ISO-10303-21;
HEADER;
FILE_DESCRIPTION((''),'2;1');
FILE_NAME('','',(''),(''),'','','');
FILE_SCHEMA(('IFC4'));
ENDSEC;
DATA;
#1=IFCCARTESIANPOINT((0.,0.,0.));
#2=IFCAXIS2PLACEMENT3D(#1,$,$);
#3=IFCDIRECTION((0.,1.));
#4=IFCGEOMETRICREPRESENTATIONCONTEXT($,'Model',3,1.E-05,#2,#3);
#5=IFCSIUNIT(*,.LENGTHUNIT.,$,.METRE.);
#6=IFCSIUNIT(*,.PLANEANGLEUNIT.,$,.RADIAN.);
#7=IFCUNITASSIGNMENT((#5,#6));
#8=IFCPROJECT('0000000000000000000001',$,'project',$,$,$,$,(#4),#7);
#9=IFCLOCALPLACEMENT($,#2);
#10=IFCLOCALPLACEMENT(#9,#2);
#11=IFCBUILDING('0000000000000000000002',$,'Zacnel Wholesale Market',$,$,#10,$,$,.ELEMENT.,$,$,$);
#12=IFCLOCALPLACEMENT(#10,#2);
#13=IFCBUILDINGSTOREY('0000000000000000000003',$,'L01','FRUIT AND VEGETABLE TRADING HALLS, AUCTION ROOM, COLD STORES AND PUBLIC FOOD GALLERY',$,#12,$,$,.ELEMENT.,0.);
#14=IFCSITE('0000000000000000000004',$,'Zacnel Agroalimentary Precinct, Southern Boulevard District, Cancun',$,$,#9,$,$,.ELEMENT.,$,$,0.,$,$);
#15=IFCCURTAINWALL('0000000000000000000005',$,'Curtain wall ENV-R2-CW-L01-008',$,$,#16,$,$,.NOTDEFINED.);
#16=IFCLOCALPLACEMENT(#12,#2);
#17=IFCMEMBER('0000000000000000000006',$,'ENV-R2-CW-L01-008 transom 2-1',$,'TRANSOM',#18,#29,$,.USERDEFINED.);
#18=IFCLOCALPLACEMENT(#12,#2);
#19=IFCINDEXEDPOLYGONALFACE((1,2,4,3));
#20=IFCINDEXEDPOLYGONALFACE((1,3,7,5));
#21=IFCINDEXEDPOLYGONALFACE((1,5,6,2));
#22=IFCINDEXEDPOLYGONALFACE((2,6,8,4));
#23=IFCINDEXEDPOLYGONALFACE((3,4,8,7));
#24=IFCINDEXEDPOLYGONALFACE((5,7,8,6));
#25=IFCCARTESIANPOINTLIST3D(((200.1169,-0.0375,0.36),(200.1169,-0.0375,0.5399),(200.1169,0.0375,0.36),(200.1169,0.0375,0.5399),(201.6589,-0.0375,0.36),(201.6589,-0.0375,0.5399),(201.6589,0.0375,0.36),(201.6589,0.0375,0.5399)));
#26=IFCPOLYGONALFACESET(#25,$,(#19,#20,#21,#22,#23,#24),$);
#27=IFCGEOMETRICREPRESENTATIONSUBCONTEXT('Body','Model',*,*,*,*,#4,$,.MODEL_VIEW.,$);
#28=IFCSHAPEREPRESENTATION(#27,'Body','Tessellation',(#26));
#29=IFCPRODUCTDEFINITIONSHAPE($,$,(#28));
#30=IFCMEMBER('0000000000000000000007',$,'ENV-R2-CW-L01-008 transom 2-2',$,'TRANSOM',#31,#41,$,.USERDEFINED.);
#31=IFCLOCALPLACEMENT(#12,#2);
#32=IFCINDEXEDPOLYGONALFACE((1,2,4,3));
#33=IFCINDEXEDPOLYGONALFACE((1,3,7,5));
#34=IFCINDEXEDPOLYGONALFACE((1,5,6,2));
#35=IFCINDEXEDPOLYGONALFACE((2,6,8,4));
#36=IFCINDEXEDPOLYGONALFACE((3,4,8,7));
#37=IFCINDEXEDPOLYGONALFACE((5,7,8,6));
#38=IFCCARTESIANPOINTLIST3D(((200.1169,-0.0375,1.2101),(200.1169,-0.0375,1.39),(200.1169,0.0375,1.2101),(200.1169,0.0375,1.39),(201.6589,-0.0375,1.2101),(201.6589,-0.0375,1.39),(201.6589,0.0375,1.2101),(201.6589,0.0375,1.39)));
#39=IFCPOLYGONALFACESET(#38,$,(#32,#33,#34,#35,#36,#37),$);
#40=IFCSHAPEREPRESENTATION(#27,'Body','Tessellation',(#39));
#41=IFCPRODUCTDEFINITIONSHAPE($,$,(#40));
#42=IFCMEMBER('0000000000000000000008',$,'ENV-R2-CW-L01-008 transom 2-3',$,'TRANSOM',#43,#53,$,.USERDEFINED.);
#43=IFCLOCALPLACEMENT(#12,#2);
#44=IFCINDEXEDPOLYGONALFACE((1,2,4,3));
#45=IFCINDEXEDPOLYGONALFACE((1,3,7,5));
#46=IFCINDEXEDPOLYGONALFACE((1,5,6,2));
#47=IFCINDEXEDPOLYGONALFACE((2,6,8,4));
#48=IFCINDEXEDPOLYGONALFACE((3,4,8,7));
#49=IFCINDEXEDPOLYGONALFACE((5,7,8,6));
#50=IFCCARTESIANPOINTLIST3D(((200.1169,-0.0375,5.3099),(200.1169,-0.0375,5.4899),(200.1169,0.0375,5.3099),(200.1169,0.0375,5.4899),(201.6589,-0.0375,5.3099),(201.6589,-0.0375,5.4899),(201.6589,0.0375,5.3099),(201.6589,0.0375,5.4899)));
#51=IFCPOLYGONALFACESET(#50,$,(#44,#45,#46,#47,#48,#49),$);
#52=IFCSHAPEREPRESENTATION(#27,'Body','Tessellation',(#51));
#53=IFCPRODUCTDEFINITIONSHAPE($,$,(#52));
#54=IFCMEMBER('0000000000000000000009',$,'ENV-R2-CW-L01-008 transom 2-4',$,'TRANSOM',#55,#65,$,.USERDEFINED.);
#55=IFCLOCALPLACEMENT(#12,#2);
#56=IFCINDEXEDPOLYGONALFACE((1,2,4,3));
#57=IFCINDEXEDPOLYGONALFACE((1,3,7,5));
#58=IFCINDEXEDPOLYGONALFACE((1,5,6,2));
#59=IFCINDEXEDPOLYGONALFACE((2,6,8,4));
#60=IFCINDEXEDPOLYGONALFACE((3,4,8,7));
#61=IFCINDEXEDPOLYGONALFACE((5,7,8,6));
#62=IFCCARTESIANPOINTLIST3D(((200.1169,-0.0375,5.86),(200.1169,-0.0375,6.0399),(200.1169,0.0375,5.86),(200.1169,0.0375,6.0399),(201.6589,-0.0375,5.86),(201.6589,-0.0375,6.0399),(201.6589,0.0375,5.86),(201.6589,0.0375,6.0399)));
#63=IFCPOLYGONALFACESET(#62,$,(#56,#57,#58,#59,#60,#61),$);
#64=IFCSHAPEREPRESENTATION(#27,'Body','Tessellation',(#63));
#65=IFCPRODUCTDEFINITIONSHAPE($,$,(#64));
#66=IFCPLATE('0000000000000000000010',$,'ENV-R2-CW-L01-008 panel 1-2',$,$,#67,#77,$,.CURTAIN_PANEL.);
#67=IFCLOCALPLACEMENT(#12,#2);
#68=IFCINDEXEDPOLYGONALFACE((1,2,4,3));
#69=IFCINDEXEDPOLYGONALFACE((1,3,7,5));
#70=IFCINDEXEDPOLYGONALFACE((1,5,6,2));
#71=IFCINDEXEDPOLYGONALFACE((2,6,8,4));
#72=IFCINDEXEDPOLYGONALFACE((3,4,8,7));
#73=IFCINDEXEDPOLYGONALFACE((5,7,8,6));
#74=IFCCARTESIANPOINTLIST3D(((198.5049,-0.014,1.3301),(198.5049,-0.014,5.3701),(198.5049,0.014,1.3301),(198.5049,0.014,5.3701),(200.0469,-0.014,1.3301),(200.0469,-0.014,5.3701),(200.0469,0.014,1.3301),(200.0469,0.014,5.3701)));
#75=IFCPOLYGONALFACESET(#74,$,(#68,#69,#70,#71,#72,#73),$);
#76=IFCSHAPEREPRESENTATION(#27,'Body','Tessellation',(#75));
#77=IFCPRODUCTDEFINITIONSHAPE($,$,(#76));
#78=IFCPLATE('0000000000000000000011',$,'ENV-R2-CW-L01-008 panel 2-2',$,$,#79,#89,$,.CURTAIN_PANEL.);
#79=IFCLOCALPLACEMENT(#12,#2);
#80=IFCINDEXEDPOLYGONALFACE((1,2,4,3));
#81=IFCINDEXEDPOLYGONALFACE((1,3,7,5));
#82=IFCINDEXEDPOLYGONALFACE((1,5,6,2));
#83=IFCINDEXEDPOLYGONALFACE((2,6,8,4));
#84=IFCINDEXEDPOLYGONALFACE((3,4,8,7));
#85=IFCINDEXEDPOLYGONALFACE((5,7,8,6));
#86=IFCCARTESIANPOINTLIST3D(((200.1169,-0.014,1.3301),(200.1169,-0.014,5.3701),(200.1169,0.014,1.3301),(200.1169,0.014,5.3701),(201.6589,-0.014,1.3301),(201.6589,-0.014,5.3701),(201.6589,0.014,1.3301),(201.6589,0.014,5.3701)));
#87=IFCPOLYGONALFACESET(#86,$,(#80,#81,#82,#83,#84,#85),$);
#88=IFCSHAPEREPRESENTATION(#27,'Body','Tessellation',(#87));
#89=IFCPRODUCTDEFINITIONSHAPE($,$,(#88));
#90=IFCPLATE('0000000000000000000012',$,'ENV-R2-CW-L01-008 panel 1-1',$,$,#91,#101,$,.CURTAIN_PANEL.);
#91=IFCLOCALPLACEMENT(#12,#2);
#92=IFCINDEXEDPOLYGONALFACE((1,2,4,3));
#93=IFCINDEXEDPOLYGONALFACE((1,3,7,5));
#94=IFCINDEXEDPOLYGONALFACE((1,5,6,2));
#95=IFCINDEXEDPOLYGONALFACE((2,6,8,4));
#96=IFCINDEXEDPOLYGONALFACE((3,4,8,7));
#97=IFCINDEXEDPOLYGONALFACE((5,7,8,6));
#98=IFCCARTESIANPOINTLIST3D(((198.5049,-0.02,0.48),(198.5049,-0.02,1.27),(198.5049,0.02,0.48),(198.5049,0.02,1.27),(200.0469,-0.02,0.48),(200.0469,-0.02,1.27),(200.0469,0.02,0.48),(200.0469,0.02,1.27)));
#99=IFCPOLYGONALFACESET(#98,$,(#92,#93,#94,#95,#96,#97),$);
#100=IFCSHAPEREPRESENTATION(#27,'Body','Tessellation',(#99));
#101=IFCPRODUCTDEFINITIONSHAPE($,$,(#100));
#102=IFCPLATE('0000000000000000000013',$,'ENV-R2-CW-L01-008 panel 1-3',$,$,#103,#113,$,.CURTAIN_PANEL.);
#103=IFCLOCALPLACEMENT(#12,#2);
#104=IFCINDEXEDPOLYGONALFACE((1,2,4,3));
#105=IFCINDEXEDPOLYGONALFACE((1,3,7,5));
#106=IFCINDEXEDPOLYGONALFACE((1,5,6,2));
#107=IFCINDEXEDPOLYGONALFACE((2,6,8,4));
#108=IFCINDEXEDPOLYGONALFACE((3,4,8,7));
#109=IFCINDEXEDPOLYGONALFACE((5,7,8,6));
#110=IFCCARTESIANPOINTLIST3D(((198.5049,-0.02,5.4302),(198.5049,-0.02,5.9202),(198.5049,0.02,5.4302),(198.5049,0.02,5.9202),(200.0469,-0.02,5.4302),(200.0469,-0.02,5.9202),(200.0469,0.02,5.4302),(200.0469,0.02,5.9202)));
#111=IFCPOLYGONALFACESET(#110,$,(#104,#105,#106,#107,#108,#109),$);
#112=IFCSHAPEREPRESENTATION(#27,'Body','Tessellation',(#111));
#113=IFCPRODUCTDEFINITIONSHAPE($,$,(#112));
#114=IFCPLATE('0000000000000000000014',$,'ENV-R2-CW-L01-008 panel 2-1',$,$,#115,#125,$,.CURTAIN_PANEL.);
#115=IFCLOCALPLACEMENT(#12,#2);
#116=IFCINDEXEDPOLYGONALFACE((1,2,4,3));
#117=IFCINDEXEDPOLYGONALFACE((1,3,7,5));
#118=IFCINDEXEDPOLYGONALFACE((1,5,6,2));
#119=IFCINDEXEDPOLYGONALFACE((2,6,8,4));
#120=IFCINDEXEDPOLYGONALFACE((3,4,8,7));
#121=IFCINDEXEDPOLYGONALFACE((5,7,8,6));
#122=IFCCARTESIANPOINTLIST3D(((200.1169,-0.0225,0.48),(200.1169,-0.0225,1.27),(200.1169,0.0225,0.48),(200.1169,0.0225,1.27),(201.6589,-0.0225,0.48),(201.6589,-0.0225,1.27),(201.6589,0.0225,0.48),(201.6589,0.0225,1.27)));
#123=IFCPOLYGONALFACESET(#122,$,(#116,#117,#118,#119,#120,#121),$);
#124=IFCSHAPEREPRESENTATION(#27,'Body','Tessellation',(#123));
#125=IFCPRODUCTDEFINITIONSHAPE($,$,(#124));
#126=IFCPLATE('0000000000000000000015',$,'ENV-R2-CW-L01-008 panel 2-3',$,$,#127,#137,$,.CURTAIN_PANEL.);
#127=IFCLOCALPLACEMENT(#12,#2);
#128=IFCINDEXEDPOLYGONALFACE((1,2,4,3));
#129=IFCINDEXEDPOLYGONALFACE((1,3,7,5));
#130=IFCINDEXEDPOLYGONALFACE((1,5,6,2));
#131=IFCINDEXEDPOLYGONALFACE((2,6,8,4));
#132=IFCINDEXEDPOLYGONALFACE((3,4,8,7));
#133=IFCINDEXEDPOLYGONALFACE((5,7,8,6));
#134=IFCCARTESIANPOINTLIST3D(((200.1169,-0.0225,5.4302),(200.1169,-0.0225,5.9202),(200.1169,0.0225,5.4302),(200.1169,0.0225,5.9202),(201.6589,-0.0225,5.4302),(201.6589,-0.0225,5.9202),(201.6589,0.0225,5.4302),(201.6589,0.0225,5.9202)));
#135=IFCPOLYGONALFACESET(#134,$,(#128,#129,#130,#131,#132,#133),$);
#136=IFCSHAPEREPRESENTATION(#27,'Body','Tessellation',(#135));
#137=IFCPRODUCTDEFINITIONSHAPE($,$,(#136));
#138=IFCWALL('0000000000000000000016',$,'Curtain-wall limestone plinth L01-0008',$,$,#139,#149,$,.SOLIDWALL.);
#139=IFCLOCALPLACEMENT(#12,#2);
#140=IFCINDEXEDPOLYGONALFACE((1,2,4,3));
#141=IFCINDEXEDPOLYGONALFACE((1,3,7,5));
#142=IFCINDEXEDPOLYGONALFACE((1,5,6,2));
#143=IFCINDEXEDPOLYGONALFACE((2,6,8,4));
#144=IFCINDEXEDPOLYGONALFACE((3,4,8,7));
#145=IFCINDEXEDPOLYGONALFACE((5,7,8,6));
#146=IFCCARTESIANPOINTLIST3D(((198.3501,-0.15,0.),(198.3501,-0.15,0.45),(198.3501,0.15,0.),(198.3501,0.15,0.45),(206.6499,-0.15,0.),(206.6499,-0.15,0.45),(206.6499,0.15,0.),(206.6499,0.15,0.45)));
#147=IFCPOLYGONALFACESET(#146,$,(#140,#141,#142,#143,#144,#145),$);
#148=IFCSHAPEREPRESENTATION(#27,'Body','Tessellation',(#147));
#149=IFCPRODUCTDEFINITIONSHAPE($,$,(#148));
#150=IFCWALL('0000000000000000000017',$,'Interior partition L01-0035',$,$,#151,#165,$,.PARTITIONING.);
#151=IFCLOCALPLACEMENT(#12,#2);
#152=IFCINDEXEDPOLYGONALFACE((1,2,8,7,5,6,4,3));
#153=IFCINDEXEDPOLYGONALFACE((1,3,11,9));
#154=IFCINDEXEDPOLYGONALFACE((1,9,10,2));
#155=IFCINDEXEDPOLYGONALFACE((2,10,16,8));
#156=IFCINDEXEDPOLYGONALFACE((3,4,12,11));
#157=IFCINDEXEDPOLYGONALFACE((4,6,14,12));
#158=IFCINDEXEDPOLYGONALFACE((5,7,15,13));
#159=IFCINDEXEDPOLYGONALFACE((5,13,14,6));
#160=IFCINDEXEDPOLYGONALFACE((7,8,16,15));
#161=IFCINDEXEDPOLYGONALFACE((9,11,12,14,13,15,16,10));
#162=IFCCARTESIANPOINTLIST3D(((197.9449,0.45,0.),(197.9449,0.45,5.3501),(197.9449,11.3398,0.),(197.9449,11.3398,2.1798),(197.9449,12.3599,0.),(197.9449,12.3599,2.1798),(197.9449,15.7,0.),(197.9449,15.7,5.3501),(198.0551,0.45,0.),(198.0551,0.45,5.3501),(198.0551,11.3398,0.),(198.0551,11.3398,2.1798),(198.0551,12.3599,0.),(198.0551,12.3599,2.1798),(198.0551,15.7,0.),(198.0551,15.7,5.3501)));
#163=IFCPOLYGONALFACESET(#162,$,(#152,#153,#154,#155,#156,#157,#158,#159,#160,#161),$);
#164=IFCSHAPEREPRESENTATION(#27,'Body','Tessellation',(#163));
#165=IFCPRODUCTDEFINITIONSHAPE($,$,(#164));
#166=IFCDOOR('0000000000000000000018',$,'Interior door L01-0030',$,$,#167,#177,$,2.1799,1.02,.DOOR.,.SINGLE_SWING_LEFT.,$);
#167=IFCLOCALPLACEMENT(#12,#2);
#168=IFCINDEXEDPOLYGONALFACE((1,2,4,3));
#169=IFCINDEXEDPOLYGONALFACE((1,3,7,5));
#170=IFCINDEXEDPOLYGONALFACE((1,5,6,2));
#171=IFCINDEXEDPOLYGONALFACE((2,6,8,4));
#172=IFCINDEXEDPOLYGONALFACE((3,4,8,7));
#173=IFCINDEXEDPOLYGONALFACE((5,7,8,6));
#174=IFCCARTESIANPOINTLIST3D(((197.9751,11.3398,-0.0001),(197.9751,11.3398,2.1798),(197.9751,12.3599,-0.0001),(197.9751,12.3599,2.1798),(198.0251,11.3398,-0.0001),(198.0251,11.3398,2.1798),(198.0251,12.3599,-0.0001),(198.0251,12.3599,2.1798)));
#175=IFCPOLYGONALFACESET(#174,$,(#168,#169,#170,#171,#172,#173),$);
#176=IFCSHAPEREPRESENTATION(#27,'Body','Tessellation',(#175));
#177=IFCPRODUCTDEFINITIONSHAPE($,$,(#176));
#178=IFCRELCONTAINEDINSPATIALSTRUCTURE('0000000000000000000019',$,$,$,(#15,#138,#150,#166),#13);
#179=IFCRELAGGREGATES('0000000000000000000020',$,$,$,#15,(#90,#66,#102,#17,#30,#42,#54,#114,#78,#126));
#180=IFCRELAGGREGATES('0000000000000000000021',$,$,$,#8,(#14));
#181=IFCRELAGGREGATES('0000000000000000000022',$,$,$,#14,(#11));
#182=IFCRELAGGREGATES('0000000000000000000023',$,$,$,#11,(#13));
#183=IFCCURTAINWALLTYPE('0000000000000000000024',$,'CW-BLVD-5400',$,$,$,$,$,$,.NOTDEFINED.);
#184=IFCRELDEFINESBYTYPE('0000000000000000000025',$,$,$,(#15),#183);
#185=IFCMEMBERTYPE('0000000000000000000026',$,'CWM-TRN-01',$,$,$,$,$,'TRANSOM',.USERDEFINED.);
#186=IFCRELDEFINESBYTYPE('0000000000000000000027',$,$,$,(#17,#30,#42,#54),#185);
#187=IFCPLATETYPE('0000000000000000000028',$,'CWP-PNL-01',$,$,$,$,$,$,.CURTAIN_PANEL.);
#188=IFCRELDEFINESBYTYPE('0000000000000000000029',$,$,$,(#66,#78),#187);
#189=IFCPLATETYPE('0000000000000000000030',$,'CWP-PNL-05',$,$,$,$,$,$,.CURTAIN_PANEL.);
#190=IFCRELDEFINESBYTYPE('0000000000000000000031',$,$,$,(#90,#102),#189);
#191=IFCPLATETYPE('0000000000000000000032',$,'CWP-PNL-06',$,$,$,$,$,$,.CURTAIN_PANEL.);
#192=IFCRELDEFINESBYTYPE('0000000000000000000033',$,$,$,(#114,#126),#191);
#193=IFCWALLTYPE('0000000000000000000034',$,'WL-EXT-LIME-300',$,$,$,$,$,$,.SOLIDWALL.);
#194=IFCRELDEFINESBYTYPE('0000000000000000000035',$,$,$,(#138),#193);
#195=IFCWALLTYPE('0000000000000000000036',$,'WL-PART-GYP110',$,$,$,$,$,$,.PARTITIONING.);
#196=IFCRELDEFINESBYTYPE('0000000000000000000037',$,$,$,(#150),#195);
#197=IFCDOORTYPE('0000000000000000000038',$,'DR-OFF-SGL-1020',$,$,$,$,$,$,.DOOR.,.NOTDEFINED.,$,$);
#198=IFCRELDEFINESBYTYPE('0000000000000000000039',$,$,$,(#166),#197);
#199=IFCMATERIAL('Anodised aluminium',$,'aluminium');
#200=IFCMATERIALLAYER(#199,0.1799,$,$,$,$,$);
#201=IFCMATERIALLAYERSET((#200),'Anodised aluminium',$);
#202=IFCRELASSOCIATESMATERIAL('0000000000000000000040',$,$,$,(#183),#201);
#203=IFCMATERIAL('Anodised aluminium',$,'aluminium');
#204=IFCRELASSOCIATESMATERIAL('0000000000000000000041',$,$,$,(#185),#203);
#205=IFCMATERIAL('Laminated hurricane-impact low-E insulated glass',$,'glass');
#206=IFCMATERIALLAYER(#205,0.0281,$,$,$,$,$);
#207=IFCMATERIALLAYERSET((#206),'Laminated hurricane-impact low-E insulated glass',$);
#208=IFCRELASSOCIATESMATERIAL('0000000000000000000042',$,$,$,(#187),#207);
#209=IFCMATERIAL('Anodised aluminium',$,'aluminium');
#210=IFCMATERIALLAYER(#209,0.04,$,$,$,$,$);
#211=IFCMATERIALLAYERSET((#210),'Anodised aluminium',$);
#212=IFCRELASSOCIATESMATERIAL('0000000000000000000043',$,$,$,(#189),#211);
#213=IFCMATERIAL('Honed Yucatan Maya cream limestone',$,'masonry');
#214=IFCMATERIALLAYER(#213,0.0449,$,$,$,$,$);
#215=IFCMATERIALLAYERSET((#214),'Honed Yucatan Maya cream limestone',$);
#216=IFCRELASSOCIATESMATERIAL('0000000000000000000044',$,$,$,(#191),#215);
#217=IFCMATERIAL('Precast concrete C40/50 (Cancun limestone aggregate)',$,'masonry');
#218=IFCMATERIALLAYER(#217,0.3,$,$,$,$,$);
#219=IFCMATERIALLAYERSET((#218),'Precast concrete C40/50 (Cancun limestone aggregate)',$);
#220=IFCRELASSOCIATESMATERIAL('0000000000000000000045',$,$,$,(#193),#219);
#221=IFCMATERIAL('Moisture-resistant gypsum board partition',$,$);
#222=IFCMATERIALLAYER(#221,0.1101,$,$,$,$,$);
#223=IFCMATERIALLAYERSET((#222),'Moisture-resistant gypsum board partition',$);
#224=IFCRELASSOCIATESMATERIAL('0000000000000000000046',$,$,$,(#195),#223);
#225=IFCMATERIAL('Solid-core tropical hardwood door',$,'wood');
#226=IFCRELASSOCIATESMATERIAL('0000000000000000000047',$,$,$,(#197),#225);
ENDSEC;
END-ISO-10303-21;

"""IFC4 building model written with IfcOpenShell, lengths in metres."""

from ifc_helpers import new_model, si_unit, direction, frame, frame_2d, origin, origin_2d, place, context, subcontext, project, spatial, rectangle, extrude, material, layer, layer_set, material_profile, profile_set, type_object, element, fill, aggregate, save


model = new_model("IFC4")

# Units and contexts
model_context = context("Model", 3, precision=1e-05, world=origin(), true_north=direction((0.0, 1.0)))
body_context = subcontext(model_context, "Body", "Model", "MODEL_VIEW")
ifc_project = project(units=[si_unit("LENGTHUNIT", "METRE"), si_unit("PLANEANGLEUNIT", "RADIAN")], contexts=[model_context])

# Site, building, storey
site_placement = place(None, origin())
site = spatial("IfcSite", under=ifc_project, at=site_placement, Name="Zacnel Agroalimentary Precinct, Southern Boulevard District, Cancun", CompositionType="ELEMENT", RefElevation=0.0)
building_placement = place(site_placement, origin())
building = spatial("IfcBuilding", under=site, at=building_placement, Name="Zacnel Wholesale Market", CompositionType="ELEMENT")
storey_placement = place(building_placement, origin())
storey = spatial("IfcBuildingStorey", under=building, at=storey_placement, Name="L01", Description="FRUIT AND VEGETABLE TRADING HALLS, AUCTION ROOM, COLD STORES AND PUBLIC FOOD GALLERY", CompositionType="ELEMENT", Elevation=0.0)

# Curtain wall, members, plates
ifc_material_1 = material(Name="Anodised aluminium", Category="aluminium")
ifc_layer_1 = layer(ifc_material_1, 0.1799)
ifc_layer_set_1 = layer_set([ifc_layer_1], Name="Anodised aluminium")
curtain_wall_type = type_object("IfcCurtainWallType", Name="CW-BLVD-5400", PredefinedType="NOTDEFINED", material=ifc_layer_set_1)
curtain_wall_placement = place(storey_placement, origin())
curtain_wall = element("IfcCurtainWall", 1, at=curtain_wall_placement, inside=storey, type_object=curtain_wall_type, Name="Curtain wall ENV-R2-CW-L01-008", PredefinedType="NOTDEFINED")
ifc_material_2 = material(Name="Anodised aluminium", Category="aluminium")
ifc_material_profile_1 = material_profile(ifc_material_2, rectangle(XDim=0.075, YDim=0.1799, at=origin_2d()), Name="AW-TRANSOM 75x180")
ifc_profile_set_1 = profile_set([ifc_material_profile_1], Name="Anodised aluminium")
member_type_1 = type_object("IfcMemberType", Name="CWM-TRN-01", ElementType="TRANSOM", PredefinedType="USERDEFINED", material=ifc_profile_set_1)
member_1_placement = place(storey_placement, frame((200.1169, 0.0, 0.45), z_axis=(1.0, 0.0, 0.0), x_axis=(0.0, 1.0, 0.0)))
member_1 = element("IfcMember", 2, at=member_1_placement, type_object=member_type_1, Name="ENV-R2-CW-L01-008 transom 2-1", ObjectType="TRANSOM", PredefinedType="USERDEFINED", context=body_context, shape_type="SweptSolid", body=[
    extrude(rectangle(XDim=0.075, YDim=0.1799, at=origin_2d()), origin(), (0.0, 0.0, 1.0), 1.542),
])
member_2_placement = place(storey_placement, frame((200.1169, 0.0, 1.3), z_axis=(1.0, 0.0, 0.0), x_axis=(0.0, 1.0, 0.0)))
member_2 = element("IfcMember", 3, at=member_2_placement, type_object=member_type_1, Name="ENV-R2-CW-L01-008 transom 2-2", ObjectType="TRANSOM", PredefinedType="USERDEFINED", context=body_context, shape_type="SweptSolid", body=[
    extrude(rectangle(XDim=0.075, YDim=0.1799, at=origin_2d()), origin(), (0.0, 0.0, 1.0), 1.542),
])
member_3_placement = place(storey_placement, frame((200.1169, 0.0, 5.3999), z_axis=(1.0, 0.0, 0.0), x_axis=(0.0, 1.0, 0.0)))
member_3 = element("IfcMember", 4, at=member_3_placement, type_object=member_type_1, Name="ENV-R2-CW-L01-008 transom 2-3", ObjectType="TRANSOM", PredefinedType="USERDEFINED", context=body_context, shape_type="SweptSolid", body=[
    extrude(rectangle(XDim=0.075, YDim=0.1799, at=origin_2d()), origin(), (0.0, 0.0, 1.0), 1.542),
])
member_4_placement = place(storey_placement, frame((200.1169, 0.0, 5.95), z_axis=(1.0, 0.0, 0.0), x_axis=(0.0, 1.0, 0.0)))
member_4 = element("IfcMember", 5, at=member_4_placement, type_object=member_type_1, Name="ENV-R2-CW-L01-008 transom 2-4", ObjectType="TRANSOM", PredefinedType="USERDEFINED", context=body_context, shape_type="SweptSolid", body=[
    extrude(rectangle(XDim=0.075, YDim=0.1799, at=origin_2d()), origin(), (0.0, 0.0, 1.0), 1.542),
])
ifc_material_3 = material(Name="Laminated hurricane-impact low-E insulated glass", Category="glass")
ifc_layer_2 = layer(ifc_material_3, 0.0281)
ifc_layer_set_2 = layer_set([ifc_layer_2], Name="Laminated hurricane-impact low-E insulated glass")
plate_type_1 = type_object("IfcPlateType", Name="CWP-PNL-01", PredefinedType="CURTAIN_PANEL", material=ifc_layer_set_2)
plate_1_placement = place(storey_placement, frame((199.2759, 0.0, 1.3301), z_axis=(0.0, 0.0, 1.0), x_axis=(1.0, 0.0, 0.0)))
plate_1 = element("IfcPlate", 6, at=plate_1_placement, type_object=plate_type_1, Name="ENV-R2-CW-L01-008 panel 1-2", PredefinedType="CURTAIN_PANEL", context=body_context, shape_type="SweptSolid", body=[
    extrude(rectangle(XDim=1.542, YDim=0.0281, at=origin_2d()), origin(), (0.0, 0.0, 1.0), 4.04),
])
plate_2_placement = place(storey_placement, frame((200.8879, 0.0, 1.3301), z_axis=(0.0, 0.0, 1.0), x_axis=(1.0, 0.0, 0.0)))
plate_2 = element("IfcPlate", 7, at=plate_2_placement, type_object=plate_type_1, Name="ENV-R2-CW-L01-008 panel 2-2", PredefinedType="CURTAIN_PANEL", context=body_context, shape_type="SweptSolid", body=[
    extrude(rectangle(XDim=1.542, YDim=0.0281, at=origin_2d()), origin(), (0.0, 0.0, 1.0), 4.04),
])
ifc_material_4 = material(Name="Anodised aluminium", Category="aluminium")
ifc_layer_3 = layer(ifc_material_4, 0.04)
ifc_layer_set_3 = layer_set([ifc_layer_3], Name="Anodised aluminium")
plate_type_2 = type_object("IfcPlateType", Name="CWP-PNL-05", PredefinedType="CURTAIN_PANEL", material=ifc_layer_set_3)
plate_3_placement = place(storey_placement, frame((199.2759, 0.0, 0.48), z_axis=(0.0, 0.0, 1.0), x_axis=(1.0, 0.0, 0.0)))
plate_3 = element("IfcPlate", 8, at=plate_3_placement, type_object=plate_type_2, Name="ENV-R2-CW-L01-008 panel 1-1", PredefinedType="CURTAIN_PANEL", context=body_context, shape_type="SweptSolid", body=[
    extrude(rectangle(XDim=1.542, YDim=0.04, at=origin_2d()), origin(), (0.0, 0.0, 1.0), 0.79),
])
plate_4_placement = place(storey_placement, frame((199.2759, 0.0, 5.4302), z_axis=(0.0, 0.0, 1.0), x_axis=(1.0, 0.0, 0.0)))
plate_4 = element("IfcPlate", 9, at=plate_4_placement, type_object=plate_type_2, Name="ENV-R2-CW-L01-008 panel 1-3", PredefinedType="CURTAIN_PANEL", context=body_context, shape_type="SweptSolid", body=[
    extrude(rectangle(XDim=1.542, YDim=0.04, at=origin_2d()), origin(), (0.0, 0.0, 1.0), 0.49),
])
ifc_material_5 = material(Name="Honed Yucatan Maya cream limestone", Category="masonry")
ifc_layer_4 = layer(ifc_material_5, 0.0449)
ifc_layer_set_4 = layer_set([ifc_layer_4], Name="Honed Yucatan Maya cream limestone")
plate_type_3 = type_object("IfcPlateType", Name="CWP-PNL-06", PredefinedType="CURTAIN_PANEL", material=ifc_layer_set_4)
plate_5_placement = place(storey_placement, frame((200.8879, 0.0, 0.48), z_axis=(0.0, 0.0, 1.0), x_axis=(1.0, 0.0, 0.0)))
plate_5 = element("IfcPlate", 10, at=plate_5_placement, type_object=plate_type_3, Name="ENV-R2-CW-L01-008 panel 2-1", PredefinedType="CURTAIN_PANEL", context=body_context, shape_type="SweptSolid", body=[
    extrude(rectangle(XDim=1.542, YDim=0.0449, at=origin_2d()), origin(), (0.0, 0.0, 1.0), 0.79),
])
plate_6_placement = place(storey_placement, frame((200.8879, 0.0, 5.4302), z_axis=(0.0, 0.0, 1.0), x_axis=(1.0, 0.0, 0.0)))
plate_6 = element("IfcPlate", 11, at=plate_6_placement, type_object=plate_type_3, Name="ENV-R2-CW-L01-008 panel 2-3", PredefinedType="CURTAIN_PANEL", context=body_context, shape_type="SweptSolid", body=[
    extrude(rectangle(XDim=1.542, YDim=0.0449, at=origin_2d()), origin(), (0.0, 0.0, 1.0), 0.49),
])
aggregate(curtain_wall, [plate_3, plate_1, plate_4, member_1, member_2, member_3, member_4, plate_5, plate_2, plate_6])

# Wall
ifc_material_6 = material(Name="Precast concrete C40/50 (Cancun limestone aggregate)", Category="masonry")
ifc_layer_5 = layer(ifc_material_6, 0.3)
ifc_layer_set_5 = layer_set([ifc_layer_5], Name="Precast concrete C40/50 (Cancun limestone aggregate)")
wall_type_1 = type_object("IfcWallType", Name="WL-EXT-LIME-300", PredefinedType="SOLIDWALL", material=ifc_layer_set_5)
wall_1_placement = place(storey_placement, frame((198.3501, 0.0, 0.0), z_axis=(0.0, 0.0, 1.0), x_axis=(1.0, 0.0, 0.0)))
element("IfcWall", 12, at=wall_1_placement, inside=storey, type_object=wall_type_1, Name="Curtain-wall limestone plinth L01-0008", PredefinedType="SOLIDWALL", context=body_context, shape_type="SweptSolid", body=[
    extrude(rectangle(XDim=8.2998, YDim=0.3, at=frame_2d((4.1499, 0.0))), origin(), (0.0, 0.0, 1.0), 0.45),
])

# Wall, opening, door
ifc_material_7 = material(Name="Moisture-resistant gypsum board partition")
ifc_layer_6 = layer(ifc_material_7, 0.1101)
ifc_layer_set_6 = layer_set([ifc_layer_6], Name="Moisture-resistant gypsum board partition")
wall_type_2 = type_object("IfcWallType", Name="WL-PART-GYP110", PredefinedType="PARTITIONING", material=ifc_layer_set_6)
wall_2_placement = place(storey_placement, frame((198.0, 0.45, 0.0), z_axis=(0.0, 0.0, 1.0), x_axis=(0.0, 1.0, 0.0)))
wall_2 = element("IfcWall", 13, at=wall_2_placement, inside=storey, type_object=wall_type_2, Name="Interior partition L01-0035", PredefinedType="PARTITIONING", context=body_context, shape_type="SweptSolid", body=[
    extrude(rectangle(XDim=15.25, YDim=0.1101, at=frame_2d((7.625, 0.0))), origin(), (0.0, 0.0, 1.0), 5.3501),
])
opening_placement = place(wall_2_placement, frame((10.8899, 0.0, 0.0)))
opening = element("IfcOpeningElement", 14, at=opening_placement, cuts=wall_2, PredefinedType="OPENING", context=body_context, shape_type="SweptSolid", body=[
    extrude(rectangle(XDim=1.02, YDim=2.1799, at=frame_2d((0.51, 1.0898))), frame((0.0, 0.0649, 0.0), z_axis=(0.0, -1.0, 0.0), x_axis=(1.0, 0.0, 0.0)), (0.0, 0.0, 1.0), 0.1301),
])
ifc_material_8 = material(Name="Solid-core tropical hardwood door", Category="wood")
door_type = type_object("IfcDoorType", Name="DR-OFF-SGL-1020", OperationType="NOTDEFINED", PredefinedType="DOOR", material=ifc_material_8)
door_placement = place(opening_placement, origin())
door = element("IfcDoor", 15, at=door_placement, inside=storey, type_object=door_type, Name="Interior door L01-0030", OperationType="SINGLE_SWING_LEFT", OverallHeight=2.1799, OverallWidth=1.02, PredefinedType="DOOR", context=body_context, shape_type="SweptSolid", body=[
    extrude(rectangle(XDim=1.02, YDim=2.1799, at=frame_2d((0.51, 1.0898))), frame((0.0, 0.0249, 0.0), z_axis=(0.0, -1.0, 0.0), x_axis=(1.0, 0.0, 0.0)), (0.0, 0.0, 1.0), 0.05),
])
fill(opening, door)

save(model, "model.ifc")
